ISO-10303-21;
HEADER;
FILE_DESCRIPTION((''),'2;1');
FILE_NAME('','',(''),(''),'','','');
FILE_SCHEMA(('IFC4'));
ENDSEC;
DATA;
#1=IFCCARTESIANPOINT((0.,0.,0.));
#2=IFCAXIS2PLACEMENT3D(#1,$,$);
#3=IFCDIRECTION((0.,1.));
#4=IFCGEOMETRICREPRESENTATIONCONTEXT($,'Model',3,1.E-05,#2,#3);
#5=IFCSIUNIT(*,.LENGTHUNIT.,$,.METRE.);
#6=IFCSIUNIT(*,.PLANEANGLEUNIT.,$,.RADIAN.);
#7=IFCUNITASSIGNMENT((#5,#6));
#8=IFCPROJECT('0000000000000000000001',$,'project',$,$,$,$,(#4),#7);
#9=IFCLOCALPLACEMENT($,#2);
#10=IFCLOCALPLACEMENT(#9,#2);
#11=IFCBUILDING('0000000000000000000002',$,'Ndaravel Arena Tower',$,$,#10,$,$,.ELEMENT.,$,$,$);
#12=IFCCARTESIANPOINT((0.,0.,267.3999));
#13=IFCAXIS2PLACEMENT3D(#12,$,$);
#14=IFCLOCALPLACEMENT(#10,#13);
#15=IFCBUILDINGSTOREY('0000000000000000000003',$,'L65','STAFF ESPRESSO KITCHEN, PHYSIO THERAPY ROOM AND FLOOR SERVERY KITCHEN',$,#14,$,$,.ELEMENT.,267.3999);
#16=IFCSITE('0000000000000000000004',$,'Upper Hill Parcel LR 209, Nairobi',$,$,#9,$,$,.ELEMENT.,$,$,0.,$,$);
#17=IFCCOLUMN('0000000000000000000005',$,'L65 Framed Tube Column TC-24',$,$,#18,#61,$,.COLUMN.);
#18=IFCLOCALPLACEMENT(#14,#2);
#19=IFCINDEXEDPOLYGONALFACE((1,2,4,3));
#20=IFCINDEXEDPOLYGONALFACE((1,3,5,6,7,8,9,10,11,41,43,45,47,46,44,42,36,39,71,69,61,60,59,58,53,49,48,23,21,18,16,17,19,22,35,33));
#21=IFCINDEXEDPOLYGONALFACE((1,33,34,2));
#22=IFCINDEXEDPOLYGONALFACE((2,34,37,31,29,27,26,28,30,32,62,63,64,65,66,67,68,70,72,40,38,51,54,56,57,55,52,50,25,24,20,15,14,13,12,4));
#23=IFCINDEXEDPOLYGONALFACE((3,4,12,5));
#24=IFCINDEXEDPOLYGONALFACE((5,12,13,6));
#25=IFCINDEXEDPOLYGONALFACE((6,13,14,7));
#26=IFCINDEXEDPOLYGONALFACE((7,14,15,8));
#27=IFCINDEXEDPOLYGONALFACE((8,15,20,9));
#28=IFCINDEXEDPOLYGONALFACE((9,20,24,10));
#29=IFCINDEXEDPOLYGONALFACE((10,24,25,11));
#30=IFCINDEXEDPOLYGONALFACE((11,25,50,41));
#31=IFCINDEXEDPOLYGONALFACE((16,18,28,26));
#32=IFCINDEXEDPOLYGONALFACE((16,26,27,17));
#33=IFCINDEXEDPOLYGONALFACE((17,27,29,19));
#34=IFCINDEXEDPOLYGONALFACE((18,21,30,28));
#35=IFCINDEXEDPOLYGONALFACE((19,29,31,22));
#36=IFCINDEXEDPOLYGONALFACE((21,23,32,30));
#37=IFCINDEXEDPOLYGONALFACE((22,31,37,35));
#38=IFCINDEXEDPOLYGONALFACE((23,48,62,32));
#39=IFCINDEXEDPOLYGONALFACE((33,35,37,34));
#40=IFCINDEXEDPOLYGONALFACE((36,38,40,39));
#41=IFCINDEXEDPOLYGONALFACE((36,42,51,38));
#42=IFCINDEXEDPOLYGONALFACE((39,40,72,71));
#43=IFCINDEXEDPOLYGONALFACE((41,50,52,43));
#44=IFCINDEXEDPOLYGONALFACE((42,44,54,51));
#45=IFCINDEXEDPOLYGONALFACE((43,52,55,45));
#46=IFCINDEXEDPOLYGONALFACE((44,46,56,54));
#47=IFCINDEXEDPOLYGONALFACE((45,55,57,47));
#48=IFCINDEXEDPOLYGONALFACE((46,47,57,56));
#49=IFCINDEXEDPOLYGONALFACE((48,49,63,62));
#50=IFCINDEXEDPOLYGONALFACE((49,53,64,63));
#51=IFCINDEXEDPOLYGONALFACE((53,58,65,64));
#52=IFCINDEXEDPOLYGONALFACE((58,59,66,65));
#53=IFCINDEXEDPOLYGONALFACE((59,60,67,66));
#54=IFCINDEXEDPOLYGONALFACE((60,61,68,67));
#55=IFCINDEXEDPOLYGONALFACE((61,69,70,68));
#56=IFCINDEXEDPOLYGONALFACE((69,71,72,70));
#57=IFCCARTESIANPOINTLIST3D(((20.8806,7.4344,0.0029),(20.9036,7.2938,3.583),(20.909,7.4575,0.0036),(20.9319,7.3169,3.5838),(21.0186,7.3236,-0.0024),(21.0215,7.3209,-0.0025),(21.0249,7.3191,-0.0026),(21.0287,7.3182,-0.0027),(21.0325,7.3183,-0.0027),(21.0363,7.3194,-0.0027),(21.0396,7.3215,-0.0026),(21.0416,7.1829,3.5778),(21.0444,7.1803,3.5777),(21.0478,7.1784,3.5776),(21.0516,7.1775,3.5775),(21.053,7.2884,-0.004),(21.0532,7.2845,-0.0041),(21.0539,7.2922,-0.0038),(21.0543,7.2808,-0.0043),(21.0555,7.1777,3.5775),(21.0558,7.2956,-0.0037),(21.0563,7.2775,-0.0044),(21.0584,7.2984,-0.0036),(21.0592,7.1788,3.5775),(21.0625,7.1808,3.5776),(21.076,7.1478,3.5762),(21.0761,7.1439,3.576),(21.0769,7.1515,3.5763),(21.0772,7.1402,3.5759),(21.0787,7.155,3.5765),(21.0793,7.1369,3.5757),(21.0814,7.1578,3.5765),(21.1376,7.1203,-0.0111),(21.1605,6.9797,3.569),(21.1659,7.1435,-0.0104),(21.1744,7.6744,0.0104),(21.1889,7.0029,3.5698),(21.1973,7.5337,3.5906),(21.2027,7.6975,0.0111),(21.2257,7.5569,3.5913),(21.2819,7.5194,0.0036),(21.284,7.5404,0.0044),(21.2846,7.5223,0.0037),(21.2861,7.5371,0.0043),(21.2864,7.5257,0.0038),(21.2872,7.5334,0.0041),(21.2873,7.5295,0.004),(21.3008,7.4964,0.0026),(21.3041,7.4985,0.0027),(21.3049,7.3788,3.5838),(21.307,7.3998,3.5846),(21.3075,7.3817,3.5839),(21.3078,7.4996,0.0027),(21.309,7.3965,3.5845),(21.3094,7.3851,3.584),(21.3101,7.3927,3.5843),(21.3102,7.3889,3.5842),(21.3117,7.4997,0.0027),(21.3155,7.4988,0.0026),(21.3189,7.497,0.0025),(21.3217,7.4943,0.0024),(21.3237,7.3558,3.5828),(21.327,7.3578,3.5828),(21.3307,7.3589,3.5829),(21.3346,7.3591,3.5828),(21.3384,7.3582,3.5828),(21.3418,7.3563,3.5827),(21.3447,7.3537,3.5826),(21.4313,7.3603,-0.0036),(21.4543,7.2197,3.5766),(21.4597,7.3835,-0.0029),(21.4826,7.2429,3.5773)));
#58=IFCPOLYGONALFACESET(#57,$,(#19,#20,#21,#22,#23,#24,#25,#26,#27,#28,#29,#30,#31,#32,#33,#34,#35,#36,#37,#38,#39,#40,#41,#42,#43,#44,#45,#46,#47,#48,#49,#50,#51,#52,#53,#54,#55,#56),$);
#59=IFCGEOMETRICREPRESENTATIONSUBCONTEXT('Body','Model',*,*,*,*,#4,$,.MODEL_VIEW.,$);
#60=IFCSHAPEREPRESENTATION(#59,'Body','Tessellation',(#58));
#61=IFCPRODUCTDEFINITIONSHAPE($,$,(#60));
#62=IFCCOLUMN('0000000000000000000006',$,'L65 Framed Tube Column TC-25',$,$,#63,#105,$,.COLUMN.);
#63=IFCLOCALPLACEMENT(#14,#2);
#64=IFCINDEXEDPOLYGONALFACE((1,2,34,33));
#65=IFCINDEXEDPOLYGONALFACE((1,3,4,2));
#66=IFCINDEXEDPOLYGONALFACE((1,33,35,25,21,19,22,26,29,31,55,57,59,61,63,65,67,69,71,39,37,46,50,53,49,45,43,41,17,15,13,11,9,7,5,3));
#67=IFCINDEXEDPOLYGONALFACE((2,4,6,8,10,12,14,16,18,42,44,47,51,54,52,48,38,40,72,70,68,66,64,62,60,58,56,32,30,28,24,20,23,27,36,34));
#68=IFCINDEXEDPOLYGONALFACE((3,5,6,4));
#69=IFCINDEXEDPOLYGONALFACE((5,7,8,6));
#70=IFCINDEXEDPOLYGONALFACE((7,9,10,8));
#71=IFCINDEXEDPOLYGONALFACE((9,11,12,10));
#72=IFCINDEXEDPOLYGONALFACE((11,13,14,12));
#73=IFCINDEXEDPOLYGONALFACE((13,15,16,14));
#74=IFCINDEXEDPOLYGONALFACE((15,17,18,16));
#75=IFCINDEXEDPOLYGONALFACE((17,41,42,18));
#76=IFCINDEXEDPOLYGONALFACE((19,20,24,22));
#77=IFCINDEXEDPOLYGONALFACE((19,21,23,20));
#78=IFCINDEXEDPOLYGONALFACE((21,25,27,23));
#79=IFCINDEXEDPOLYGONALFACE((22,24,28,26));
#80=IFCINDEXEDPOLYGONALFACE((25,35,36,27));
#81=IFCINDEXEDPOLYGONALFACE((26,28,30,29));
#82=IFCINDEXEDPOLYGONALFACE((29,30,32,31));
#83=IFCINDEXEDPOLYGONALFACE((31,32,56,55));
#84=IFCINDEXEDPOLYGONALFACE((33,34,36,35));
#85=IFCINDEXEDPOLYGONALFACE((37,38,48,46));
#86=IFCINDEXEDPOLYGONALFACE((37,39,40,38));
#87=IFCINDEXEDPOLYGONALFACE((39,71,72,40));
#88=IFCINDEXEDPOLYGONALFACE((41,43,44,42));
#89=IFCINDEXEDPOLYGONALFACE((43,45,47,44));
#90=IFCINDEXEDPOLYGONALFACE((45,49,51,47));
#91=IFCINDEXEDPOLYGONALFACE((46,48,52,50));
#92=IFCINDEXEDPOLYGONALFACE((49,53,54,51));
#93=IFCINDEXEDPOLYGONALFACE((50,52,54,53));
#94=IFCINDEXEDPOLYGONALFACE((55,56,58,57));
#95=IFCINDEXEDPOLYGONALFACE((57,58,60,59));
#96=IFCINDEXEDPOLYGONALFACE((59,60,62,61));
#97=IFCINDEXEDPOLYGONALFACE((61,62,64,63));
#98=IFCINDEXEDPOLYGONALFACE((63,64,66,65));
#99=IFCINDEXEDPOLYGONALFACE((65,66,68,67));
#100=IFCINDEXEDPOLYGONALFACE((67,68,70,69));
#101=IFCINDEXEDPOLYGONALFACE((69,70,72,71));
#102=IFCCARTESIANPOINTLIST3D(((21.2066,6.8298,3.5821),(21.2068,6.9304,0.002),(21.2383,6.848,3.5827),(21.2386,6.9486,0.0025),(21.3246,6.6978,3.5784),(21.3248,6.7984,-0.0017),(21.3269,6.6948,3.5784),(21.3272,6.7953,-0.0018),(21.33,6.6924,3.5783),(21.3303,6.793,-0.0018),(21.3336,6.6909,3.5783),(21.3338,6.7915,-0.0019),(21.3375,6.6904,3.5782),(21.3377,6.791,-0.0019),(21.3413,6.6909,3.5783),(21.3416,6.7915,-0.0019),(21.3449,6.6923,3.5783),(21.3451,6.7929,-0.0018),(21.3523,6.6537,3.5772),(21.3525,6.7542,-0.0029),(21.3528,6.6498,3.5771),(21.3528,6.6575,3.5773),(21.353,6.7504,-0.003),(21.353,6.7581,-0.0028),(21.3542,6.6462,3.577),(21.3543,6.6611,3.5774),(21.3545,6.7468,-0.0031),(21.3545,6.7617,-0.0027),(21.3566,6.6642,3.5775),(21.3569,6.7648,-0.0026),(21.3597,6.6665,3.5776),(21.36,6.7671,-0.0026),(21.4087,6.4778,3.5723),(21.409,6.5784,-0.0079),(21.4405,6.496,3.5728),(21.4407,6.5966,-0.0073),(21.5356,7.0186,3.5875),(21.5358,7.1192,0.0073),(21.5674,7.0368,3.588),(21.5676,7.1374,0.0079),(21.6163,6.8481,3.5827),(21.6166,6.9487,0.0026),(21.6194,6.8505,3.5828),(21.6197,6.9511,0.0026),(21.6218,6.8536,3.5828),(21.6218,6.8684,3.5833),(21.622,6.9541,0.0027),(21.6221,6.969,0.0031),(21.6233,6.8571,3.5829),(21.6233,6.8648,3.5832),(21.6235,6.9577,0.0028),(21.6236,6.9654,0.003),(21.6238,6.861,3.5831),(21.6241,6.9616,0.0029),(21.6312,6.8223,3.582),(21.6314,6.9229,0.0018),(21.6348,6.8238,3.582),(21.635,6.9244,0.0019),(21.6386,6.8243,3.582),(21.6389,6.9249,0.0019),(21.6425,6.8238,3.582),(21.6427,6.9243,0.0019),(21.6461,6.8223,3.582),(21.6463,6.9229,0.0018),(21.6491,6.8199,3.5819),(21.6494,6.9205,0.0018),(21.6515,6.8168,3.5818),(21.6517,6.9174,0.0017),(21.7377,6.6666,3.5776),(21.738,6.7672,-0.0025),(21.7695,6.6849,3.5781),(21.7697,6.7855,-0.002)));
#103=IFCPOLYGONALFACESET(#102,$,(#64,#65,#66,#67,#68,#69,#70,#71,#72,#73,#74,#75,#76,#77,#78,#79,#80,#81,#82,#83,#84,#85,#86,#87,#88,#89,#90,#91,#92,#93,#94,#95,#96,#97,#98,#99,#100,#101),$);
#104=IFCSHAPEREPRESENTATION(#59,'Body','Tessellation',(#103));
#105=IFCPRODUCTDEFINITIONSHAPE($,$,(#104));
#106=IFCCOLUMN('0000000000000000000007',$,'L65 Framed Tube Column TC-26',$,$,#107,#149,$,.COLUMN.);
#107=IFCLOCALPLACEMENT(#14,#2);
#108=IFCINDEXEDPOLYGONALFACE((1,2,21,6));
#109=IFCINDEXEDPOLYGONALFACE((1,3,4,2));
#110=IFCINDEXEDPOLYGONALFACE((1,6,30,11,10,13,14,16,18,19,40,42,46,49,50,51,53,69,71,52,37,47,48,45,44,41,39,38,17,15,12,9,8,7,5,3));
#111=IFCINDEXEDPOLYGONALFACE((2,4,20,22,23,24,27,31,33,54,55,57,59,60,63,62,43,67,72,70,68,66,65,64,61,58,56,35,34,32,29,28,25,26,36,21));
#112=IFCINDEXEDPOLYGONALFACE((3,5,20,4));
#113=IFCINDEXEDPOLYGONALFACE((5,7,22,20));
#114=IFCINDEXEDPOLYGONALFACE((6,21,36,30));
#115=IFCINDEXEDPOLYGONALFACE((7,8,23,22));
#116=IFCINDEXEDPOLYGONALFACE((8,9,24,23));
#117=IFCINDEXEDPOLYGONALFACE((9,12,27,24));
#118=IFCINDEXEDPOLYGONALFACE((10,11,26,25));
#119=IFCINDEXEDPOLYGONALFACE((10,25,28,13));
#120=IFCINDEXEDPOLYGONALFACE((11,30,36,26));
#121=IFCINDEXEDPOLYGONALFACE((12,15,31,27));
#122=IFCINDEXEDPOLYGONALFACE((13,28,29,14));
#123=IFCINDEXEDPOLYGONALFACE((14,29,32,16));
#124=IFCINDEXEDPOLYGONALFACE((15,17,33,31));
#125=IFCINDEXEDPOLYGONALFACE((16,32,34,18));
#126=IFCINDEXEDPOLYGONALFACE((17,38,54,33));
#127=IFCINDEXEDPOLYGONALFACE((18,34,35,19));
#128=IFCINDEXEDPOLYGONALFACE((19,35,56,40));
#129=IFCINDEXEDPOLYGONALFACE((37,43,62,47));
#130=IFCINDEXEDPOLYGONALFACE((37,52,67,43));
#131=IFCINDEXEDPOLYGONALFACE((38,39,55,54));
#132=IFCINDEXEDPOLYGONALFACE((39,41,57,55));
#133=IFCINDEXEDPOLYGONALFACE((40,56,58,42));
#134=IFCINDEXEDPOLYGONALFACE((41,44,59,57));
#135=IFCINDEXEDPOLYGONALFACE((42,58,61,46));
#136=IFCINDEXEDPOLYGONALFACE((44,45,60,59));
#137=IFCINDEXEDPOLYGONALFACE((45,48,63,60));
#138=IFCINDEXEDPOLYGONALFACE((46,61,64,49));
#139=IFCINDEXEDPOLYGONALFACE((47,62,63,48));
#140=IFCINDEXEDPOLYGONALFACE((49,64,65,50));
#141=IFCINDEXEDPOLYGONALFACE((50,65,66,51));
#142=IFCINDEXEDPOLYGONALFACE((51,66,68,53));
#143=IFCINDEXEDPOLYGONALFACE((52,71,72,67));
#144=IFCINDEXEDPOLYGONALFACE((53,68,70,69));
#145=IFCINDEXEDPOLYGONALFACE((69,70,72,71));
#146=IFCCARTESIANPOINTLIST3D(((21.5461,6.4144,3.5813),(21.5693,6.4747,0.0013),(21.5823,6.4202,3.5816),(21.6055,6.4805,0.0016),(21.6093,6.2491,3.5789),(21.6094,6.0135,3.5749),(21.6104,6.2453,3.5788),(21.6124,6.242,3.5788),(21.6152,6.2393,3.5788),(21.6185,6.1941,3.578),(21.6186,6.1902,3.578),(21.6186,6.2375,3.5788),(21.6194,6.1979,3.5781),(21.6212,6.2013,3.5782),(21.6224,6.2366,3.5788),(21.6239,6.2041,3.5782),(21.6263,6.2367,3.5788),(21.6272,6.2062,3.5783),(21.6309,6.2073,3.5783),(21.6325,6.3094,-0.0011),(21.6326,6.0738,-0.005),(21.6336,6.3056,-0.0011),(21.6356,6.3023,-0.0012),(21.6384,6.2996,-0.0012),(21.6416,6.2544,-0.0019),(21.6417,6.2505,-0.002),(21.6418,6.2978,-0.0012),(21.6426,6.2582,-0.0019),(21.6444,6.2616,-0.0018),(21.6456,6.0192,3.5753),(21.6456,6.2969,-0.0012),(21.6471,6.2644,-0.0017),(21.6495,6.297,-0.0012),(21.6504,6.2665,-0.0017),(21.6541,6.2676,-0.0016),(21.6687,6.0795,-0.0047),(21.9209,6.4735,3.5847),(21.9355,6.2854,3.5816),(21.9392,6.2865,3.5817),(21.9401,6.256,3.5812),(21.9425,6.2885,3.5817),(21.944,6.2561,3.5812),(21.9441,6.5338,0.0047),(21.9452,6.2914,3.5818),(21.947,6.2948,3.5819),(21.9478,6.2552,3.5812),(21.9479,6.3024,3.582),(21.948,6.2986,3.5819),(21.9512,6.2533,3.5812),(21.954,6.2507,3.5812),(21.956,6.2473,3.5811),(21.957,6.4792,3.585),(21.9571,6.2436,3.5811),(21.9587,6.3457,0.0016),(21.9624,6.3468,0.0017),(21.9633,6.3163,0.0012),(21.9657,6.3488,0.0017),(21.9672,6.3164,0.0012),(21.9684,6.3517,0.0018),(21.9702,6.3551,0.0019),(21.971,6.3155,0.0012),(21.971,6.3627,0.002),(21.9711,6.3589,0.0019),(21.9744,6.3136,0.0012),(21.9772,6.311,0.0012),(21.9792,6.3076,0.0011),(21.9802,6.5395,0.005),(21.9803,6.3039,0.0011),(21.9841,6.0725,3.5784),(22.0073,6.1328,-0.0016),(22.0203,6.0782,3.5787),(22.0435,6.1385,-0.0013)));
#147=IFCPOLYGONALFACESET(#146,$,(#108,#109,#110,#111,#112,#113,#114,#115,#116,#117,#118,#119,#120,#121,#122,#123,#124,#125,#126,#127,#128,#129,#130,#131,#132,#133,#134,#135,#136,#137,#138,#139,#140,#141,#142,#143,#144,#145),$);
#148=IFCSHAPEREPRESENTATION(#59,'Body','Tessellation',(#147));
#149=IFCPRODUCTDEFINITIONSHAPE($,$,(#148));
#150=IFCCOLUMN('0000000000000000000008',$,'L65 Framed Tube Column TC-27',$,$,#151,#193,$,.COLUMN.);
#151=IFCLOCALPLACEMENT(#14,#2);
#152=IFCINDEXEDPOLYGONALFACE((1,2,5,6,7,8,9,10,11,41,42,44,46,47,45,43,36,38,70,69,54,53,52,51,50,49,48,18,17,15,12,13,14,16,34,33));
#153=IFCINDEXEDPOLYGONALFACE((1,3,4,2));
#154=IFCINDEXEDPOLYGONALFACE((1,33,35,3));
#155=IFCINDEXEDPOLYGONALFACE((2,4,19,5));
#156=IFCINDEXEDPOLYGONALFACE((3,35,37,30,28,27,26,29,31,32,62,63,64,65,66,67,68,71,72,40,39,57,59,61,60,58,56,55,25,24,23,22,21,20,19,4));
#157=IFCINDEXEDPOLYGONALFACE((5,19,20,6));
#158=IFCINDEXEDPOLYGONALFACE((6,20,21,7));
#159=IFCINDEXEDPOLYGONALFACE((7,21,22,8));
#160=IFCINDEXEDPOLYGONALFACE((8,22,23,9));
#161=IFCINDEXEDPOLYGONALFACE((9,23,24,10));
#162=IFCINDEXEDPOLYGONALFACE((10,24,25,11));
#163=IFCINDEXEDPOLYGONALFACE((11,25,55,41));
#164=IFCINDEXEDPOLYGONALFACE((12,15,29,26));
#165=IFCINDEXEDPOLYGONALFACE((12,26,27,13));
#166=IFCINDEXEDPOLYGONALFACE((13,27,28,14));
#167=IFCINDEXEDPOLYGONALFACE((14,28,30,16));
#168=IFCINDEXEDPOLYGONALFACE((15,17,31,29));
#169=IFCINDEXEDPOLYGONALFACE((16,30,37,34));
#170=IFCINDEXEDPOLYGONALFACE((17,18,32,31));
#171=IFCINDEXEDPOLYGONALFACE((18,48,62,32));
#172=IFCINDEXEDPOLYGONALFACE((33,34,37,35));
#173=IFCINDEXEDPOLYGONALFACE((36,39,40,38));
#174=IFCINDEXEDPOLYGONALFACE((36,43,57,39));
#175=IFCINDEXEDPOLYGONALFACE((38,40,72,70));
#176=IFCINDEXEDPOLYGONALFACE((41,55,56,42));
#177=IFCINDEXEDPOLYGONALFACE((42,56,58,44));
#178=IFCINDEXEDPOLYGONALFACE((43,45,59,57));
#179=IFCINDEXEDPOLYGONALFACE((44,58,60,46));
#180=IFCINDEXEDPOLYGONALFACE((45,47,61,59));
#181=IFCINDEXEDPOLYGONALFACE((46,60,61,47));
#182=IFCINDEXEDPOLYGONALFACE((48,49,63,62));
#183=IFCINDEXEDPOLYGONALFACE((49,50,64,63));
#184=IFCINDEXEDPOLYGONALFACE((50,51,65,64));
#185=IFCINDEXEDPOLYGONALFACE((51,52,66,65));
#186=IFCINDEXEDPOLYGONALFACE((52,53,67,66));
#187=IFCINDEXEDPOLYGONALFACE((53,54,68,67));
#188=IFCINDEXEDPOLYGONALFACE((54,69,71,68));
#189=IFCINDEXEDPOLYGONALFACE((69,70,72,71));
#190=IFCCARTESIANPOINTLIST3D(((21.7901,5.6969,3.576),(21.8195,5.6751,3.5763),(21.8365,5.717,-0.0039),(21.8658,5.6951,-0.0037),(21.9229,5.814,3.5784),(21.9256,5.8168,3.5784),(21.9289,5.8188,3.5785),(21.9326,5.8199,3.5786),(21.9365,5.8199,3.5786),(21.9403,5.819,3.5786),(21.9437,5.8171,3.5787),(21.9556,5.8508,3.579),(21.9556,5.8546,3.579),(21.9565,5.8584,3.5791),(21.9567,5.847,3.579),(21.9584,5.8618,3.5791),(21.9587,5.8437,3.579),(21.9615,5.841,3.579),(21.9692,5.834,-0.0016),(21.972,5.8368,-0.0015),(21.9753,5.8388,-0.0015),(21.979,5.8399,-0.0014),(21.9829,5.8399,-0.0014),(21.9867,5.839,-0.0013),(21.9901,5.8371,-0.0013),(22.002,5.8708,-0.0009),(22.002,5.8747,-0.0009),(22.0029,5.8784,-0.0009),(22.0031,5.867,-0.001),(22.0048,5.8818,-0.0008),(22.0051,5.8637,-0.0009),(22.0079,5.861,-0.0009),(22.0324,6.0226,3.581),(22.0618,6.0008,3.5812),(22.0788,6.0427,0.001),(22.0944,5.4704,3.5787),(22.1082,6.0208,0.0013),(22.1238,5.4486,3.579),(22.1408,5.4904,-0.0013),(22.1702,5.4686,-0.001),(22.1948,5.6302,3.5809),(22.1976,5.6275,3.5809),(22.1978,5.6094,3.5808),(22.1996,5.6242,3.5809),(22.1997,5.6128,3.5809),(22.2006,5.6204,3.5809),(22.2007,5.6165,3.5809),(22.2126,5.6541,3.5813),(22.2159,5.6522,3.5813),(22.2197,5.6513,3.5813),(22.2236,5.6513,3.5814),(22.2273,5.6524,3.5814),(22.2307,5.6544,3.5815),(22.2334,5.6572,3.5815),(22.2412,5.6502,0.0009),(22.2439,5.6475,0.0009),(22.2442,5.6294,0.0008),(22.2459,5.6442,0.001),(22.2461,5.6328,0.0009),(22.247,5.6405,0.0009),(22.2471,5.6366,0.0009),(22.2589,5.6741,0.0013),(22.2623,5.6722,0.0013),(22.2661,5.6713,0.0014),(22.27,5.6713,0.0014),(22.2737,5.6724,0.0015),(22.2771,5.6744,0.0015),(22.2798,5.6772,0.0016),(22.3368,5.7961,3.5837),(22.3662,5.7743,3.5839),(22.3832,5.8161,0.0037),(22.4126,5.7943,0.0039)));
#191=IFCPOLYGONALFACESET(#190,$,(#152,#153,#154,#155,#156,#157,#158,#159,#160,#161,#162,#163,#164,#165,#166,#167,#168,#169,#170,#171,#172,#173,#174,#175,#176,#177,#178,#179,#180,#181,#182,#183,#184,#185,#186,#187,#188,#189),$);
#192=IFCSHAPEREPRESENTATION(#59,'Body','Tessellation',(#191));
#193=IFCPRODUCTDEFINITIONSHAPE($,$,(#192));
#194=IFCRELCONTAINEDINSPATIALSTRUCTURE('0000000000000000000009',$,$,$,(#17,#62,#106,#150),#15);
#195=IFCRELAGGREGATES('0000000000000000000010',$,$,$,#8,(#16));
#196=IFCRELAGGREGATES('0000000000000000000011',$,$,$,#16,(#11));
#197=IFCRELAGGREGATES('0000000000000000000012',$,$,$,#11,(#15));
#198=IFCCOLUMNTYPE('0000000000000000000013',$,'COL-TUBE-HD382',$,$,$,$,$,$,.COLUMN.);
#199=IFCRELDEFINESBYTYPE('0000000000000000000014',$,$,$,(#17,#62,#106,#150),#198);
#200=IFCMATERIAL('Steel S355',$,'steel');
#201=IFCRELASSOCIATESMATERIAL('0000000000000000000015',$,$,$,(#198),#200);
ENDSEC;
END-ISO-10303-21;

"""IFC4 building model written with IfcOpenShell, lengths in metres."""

from ifc_helpers import new_model, si_unit, direction, frame, origin, origin_2d, place, context, subcontext, project, spatial, i_section, extrude, material, material_profile, profile_set, type_object, element, save


model = new_model("IFC4")

# Units and contexts
model_context = context("Model", 3, precision=1e-05, world=origin(), true_north=direction((0.0, 1.0)))
body_context = subcontext(model_context, "Body", "Model", "MODEL_VIEW")
ifc_project = project(units=[si_unit("LENGTHUNIT", "METRE"), si_unit("PLANEANGLEUNIT", "RADIAN")], contexts=[model_context])

# Site, building, storey
site_placement = place(None, origin())
site = spatial("IfcSite", under=ifc_project, at=site_placement, Name="Upper Hill Parcel LR 209, Nairobi", CompositionType="ELEMENT", RefElevation=0.0)
building_placement = place(site_placement, origin())
building = spatial("IfcBuilding", under=site, at=building_placement, Name="Ndaravel Arena Tower", CompositionType="ELEMENT")
storey_placement = place(building_placement, frame((0.0, 0.0, 267.3999)))
storey = spatial("IfcBuildingStorey", under=building, at=storey_placement, Name="L65", Description="STAFF ESPRESSO KITCHEN, PHYSIO THERAPY ROOM AND FLOOR SERVERY KITCHEN", CompositionType="ELEMENT", Elevation=267.3999)

# Columns
ifc_material_1 = material(Name="Steel S355", Category="steel")
ifc_material_profile_1 = material_profile(ifc_material_1, i_section(OverallWidth=0.406, OverallDepth=0.416, WebThickness=0.0298, FlangeThickness=0.0366, FilletRadius=0.0149, at=origin_2d()), Name="HD 400x382")
ifc_profile_set_1 = profile_set([ifc_material_profile_1], Name="Steel S355")
column_type = type_object("IfcColumnType", Name="COL-TUBE-HD382", PredefinedType="COLUMN", material=ifc_profile_set_1)
column_1_placement = place(storey_placement, frame((21.1702, 7.4089, 0.0), z_axis=(0.006405, -0.039249, 0.999209), x_axis=(-0.632847, 0.773511, 0.03444)))
element("IfcColumn", 1, at=column_1_placement, inside=storey, type_object=column_type, Name="L65 Framed Tube Column TC-24", PredefinedType="COLUMN", context=body_context, shape_type="SweptSolid", body=[
    extrude(i_section(OverallWidth=0.406, OverallDepth=0.416, WebThickness=0.0298, FlangeThickness=0.0366, FilletRadius=0.0149, at=origin_2d()), origin(), (0.0, 0.0, 1.0), 3.583),
])
column_2_placement = place(storey_placement, frame((21.4883, 6.8579, 0.0), z_axis=(-0.000068, -0.028085, 0.999606), x_axis=(-0.497897, 0.866895, 0.024322)))
element("IfcColumn", 2, at=column_2_placement, inside=storey, type_object=column_type, Name="L65 Framed Tube Column TC-25", PredefinedType="COLUMN", context=body_context, shape_type="SweptSolid", body=[
    extrude(i_section(OverallWidth=0.406, OverallDepth=0.416, WebThickness=0.0298, FlangeThickness=0.0366, FilletRadius=0.0149, at=origin_2d()), origin(), (0.0, 0.0, 1.0), 3.5815),
])
column_3_placement = place(storey_placement, frame((21.8064, 6.3066, 0.0), z_axis=(-0.006477, -0.016841, 0.999837), x_axis=(-0.155838, 0.987659, 0.015627)))
element("IfcColumn", 3, at=column_3_placement, inside=storey, type_object=column_type, Name="L65 Framed Tube Column TC-26", PredefinedType="COLUMN", context=body_context, shape_type="SweptSolid", body=[
    extrude(i_section(OverallWidth=0.406, OverallDepth=0.416, WebThickness=0.0298, FlangeThickness=0.0366, FilletRadius=0.0149, at=origin_2d()), origin(), (0.0, 0.0, 1.0), 3.5806),
])
column_4_placement = place(storey_placement, frame((22.1245, 5.7556, 0.0), z_axis=(-0.012956, -0.005591, 0.9999), x_axis=(0.59693, 0.8022, 0.01222)))
element("IfcColumn", 4, at=column_4_placement, inside=storey, type_object=column_type, Name="L65 Framed Tube Column TC-27", PredefinedType="COLUMN", context=body_context, shape_type="SweptSolid", body=[
    extrude(i_section(OverallWidth=0.406, OverallDepth=0.416, WebThickness=0.0298, FlangeThickness=0.0366, FilletRadius=0.0149, at=origin_2d()), origin(), (0.0, 0.0, 1.0), 3.5803),
])

save(model, "model.ifc")
